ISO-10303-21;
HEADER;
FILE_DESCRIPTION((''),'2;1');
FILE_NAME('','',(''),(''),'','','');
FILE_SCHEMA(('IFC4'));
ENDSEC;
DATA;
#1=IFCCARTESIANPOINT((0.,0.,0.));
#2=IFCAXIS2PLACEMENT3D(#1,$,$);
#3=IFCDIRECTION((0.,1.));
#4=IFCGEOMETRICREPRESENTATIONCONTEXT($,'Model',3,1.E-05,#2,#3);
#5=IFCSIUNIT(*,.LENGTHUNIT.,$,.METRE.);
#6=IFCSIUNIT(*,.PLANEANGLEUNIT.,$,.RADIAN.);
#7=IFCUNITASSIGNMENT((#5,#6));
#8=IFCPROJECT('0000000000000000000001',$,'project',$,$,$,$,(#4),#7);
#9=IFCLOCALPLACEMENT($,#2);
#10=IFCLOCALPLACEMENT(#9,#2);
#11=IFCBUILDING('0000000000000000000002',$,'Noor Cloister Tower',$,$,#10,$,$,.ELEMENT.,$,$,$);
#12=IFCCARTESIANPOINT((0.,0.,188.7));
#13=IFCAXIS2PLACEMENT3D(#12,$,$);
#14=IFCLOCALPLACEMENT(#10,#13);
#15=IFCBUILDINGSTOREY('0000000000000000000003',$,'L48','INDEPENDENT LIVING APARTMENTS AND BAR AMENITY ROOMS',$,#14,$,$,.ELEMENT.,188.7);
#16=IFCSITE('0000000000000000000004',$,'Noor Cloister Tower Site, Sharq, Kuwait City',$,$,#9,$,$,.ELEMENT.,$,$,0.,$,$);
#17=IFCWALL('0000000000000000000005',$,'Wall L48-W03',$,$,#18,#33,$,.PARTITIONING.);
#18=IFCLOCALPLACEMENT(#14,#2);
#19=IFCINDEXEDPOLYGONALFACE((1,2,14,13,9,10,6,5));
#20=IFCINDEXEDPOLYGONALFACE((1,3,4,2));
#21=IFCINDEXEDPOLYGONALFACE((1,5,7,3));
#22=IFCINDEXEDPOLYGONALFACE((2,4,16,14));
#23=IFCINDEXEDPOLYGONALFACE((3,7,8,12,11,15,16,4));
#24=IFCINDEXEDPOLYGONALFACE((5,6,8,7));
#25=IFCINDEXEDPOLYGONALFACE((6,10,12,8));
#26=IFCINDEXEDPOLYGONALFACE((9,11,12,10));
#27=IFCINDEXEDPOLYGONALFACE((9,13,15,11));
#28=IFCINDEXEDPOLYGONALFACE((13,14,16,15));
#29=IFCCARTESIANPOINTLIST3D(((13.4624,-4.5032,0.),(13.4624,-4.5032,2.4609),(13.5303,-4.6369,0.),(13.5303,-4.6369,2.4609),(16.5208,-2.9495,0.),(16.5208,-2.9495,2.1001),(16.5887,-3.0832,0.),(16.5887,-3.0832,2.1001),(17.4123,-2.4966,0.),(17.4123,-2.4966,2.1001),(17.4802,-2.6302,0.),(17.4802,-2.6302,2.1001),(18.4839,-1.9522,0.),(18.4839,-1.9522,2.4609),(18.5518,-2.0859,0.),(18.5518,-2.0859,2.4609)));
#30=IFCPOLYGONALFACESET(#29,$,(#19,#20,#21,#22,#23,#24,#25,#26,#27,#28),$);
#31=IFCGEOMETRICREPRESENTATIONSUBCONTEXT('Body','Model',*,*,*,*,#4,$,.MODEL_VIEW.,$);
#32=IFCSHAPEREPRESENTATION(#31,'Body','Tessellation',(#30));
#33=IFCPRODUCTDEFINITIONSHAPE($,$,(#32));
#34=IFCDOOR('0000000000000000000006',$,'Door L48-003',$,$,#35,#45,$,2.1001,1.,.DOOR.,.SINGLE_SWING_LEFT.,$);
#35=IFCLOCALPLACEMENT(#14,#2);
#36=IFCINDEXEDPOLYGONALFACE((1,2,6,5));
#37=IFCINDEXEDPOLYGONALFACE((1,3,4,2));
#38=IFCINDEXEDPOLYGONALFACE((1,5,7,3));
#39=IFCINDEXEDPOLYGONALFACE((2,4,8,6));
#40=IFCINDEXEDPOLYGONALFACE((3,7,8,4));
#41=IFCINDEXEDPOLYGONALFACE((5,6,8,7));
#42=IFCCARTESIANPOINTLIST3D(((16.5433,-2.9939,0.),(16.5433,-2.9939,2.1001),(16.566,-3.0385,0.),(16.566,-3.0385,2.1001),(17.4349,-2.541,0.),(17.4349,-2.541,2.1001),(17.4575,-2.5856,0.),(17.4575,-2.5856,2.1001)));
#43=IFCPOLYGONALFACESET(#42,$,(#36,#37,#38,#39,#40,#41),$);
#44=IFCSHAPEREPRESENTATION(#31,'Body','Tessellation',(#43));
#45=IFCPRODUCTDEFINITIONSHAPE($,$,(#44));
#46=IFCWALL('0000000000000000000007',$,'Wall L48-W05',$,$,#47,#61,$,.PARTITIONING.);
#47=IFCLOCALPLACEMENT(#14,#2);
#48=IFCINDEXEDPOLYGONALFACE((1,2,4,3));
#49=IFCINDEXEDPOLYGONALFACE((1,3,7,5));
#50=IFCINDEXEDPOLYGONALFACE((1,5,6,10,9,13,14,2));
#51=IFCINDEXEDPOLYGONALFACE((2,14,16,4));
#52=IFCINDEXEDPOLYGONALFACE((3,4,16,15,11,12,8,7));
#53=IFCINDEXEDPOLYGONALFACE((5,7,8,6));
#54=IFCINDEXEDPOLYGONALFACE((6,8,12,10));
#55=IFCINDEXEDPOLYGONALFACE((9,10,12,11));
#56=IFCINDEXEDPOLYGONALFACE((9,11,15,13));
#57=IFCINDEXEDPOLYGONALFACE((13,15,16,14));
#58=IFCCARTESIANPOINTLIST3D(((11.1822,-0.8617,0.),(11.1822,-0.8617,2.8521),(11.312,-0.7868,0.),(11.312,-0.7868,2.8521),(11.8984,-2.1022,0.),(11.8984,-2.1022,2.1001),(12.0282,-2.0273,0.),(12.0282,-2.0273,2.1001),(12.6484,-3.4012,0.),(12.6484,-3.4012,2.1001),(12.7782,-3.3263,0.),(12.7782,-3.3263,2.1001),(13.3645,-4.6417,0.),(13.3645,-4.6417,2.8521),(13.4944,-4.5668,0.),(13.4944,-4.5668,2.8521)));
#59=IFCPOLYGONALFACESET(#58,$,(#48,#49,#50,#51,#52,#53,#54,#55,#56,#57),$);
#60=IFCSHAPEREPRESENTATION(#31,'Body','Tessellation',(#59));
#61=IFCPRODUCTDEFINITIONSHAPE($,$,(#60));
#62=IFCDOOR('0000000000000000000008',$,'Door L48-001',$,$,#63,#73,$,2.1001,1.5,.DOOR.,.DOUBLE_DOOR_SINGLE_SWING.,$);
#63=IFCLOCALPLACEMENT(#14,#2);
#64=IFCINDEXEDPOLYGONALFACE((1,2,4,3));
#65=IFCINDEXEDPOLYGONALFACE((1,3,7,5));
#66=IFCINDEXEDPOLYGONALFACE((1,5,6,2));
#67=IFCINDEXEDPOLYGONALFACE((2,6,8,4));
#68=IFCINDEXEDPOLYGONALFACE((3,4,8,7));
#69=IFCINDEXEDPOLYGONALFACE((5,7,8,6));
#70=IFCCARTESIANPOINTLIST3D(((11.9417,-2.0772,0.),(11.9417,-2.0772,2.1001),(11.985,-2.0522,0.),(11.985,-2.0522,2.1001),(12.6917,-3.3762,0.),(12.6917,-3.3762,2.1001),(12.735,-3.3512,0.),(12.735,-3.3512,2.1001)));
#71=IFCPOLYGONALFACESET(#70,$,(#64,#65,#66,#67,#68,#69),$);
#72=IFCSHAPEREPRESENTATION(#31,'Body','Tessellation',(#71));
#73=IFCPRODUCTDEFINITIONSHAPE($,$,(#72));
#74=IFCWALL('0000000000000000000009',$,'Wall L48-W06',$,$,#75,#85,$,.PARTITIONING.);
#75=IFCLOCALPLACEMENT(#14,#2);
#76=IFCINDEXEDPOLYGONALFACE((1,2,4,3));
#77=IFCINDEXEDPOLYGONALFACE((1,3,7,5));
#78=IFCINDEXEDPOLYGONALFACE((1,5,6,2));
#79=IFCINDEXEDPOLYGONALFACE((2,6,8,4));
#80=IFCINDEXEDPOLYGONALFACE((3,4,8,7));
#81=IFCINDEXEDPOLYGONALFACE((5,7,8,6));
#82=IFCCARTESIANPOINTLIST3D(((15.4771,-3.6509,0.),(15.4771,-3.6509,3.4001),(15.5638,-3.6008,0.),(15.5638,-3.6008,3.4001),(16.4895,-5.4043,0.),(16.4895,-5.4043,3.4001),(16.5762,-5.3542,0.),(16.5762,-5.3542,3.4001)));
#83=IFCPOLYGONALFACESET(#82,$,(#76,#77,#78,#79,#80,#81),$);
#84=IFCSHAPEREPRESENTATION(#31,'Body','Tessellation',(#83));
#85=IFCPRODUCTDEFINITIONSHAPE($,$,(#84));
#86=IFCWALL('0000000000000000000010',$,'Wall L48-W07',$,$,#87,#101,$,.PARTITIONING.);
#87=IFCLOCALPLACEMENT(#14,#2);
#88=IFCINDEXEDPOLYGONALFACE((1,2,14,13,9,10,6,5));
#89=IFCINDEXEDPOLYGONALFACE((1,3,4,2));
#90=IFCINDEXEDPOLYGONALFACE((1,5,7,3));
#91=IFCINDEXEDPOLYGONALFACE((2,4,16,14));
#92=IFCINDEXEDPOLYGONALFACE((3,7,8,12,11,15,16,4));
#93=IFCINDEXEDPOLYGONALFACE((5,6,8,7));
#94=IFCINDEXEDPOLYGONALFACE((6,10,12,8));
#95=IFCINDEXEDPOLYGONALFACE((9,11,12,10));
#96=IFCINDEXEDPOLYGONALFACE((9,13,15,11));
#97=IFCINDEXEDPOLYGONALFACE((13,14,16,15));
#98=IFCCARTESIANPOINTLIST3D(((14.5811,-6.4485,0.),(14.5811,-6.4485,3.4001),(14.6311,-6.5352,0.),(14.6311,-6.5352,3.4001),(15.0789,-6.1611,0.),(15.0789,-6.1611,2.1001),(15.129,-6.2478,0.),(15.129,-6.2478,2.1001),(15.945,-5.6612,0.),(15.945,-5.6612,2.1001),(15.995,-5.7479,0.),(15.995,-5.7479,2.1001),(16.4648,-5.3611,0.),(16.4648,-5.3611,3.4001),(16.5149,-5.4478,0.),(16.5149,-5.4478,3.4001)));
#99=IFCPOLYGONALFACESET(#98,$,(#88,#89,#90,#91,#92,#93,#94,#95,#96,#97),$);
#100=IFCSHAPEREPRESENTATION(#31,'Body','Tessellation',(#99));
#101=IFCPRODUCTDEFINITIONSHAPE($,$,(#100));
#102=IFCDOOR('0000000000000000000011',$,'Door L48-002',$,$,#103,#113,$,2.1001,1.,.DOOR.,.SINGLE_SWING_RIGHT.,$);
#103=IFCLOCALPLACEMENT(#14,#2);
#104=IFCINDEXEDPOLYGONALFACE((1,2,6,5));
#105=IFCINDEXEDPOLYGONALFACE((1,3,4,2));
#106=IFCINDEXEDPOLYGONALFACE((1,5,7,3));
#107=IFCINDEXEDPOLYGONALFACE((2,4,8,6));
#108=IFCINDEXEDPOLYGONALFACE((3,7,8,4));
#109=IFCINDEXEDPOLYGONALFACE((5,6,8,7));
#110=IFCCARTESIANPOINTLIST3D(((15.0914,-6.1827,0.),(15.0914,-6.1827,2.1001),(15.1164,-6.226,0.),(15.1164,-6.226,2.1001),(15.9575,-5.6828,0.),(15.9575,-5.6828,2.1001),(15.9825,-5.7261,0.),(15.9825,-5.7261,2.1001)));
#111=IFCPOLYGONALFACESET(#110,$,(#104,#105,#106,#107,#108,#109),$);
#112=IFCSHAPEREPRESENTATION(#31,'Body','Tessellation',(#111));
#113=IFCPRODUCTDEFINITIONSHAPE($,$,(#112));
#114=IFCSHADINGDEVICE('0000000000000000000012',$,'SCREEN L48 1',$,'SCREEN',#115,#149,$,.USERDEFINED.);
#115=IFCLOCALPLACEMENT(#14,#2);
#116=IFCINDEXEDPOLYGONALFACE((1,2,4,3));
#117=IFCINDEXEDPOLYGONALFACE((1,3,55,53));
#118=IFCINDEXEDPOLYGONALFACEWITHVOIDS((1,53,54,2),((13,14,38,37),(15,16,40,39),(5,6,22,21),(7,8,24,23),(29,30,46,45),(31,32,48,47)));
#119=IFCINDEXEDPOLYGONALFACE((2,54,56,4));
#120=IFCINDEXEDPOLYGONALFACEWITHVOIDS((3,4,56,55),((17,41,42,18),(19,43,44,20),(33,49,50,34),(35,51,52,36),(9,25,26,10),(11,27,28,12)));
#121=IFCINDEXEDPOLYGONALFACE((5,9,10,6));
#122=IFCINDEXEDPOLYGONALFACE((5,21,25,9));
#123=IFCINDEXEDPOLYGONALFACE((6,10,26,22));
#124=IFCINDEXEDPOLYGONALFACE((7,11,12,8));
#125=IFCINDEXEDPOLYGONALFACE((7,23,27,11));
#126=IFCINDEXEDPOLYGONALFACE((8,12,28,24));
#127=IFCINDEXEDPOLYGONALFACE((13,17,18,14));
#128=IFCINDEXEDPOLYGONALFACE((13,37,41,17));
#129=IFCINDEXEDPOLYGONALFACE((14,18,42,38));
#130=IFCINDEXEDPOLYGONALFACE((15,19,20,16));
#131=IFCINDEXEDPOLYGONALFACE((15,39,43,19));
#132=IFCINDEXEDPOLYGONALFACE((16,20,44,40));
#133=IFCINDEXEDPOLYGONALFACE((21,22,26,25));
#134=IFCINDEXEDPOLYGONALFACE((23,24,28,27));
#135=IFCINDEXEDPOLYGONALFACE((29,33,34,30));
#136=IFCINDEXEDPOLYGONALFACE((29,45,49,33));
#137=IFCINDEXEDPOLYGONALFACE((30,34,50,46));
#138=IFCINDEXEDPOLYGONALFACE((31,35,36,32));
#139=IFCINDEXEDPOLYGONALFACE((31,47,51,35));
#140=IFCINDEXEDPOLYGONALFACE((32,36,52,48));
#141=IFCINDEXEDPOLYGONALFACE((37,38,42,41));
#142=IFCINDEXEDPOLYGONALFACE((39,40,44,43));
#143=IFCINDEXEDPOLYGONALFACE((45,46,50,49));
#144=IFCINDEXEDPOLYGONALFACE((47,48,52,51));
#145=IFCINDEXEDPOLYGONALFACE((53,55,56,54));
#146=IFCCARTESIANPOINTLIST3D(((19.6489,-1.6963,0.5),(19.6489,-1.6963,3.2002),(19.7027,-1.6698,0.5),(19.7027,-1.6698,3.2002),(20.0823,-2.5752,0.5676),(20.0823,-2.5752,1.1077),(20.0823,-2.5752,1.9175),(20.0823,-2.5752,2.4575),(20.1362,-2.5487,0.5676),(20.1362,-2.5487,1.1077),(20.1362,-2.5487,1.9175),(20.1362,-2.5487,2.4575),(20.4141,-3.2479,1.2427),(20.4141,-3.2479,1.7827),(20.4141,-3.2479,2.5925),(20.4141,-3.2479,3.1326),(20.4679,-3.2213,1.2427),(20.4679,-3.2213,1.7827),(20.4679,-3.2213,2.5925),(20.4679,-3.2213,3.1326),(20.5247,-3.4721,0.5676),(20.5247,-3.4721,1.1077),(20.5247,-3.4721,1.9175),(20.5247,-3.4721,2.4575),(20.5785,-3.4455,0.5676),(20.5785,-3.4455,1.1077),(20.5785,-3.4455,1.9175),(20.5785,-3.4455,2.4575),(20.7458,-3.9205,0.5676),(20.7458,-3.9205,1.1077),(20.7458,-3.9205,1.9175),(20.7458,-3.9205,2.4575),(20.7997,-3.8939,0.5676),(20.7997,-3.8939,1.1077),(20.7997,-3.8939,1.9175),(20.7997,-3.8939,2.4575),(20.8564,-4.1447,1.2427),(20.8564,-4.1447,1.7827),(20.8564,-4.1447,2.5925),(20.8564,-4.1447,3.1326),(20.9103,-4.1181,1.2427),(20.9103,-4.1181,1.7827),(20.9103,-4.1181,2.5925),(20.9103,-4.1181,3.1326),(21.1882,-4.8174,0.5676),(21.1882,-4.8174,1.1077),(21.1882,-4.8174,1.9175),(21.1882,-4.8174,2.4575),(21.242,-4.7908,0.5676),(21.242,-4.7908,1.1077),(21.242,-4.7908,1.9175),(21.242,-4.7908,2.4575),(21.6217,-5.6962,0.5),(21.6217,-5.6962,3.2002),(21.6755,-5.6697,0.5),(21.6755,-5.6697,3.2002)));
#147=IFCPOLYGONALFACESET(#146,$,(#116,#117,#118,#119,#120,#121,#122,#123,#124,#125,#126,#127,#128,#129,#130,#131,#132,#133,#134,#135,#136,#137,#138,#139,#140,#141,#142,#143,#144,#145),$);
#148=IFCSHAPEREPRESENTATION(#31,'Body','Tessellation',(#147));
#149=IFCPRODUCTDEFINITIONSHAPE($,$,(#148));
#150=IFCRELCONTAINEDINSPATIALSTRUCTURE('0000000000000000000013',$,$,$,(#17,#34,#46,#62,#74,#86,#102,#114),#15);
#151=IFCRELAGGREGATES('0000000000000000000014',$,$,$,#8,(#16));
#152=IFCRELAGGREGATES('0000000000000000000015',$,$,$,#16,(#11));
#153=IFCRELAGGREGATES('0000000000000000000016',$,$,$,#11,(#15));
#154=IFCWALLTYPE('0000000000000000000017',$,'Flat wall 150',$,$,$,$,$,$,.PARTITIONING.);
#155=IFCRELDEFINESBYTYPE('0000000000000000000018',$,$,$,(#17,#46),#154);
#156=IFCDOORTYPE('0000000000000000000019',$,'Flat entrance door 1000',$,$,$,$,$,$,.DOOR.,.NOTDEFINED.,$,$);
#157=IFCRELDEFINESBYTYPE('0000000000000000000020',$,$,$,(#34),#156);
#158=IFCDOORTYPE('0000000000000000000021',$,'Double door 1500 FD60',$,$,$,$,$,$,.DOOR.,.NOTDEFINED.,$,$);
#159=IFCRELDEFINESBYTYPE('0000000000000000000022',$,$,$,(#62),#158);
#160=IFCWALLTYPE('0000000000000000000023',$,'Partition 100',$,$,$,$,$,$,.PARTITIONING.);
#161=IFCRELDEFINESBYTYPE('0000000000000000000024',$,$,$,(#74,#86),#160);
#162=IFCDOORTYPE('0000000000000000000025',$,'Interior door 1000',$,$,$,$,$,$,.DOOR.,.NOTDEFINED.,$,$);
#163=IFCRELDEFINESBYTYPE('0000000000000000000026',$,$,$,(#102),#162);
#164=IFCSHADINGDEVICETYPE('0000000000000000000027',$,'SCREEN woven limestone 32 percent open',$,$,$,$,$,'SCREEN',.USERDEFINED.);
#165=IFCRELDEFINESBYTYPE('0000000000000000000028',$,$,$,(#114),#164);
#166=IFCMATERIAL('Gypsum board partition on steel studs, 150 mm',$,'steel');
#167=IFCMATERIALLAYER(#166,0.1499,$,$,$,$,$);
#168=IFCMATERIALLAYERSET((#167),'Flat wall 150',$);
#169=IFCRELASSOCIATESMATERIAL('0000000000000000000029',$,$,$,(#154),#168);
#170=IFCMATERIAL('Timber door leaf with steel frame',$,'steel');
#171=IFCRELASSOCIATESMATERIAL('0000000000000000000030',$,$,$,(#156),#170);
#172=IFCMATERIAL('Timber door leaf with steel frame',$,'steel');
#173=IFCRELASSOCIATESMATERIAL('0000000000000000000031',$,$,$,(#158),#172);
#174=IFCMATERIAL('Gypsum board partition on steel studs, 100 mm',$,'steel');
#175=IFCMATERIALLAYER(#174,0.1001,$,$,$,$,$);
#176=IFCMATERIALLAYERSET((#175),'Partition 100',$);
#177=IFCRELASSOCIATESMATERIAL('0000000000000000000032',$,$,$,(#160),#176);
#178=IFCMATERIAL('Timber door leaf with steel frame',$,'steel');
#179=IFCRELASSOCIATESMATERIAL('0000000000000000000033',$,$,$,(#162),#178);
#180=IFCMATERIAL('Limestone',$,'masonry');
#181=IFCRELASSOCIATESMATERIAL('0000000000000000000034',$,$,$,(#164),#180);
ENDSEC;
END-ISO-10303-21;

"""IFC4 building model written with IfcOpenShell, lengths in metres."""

from ifc_helpers import new_model, si_unit, direction, frame, frame_2d, origin, place, context, subcontext, project, spatial, polyline, rectangle, outline, extrude, material, layer, layer_set, material_profile, profile_set, type_object, element, fill, save


model = new_model("IFC4")

# Units and contexts
model_context = context("Model", 3, precision=1e-05, world=origin(), true_north=direction((0.0, 1.0)))
body_context = subcontext(model_context, "Body", "Model", "MODEL_VIEW")
ifc_project = project(units=[si_unit("LENGTHUNIT", "METRE"), si_unit("PLANEANGLEUNIT", "RADIAN")], contexts=[model_context])

# Site, building, storey
site_placement = place(None, origin())
site = spatial("IfcSite", under=ifc_project, at=site_placement, Name="Noor Cloister Tower Site, Sharq, Kuwait City", CompositionType="ELEMENT", RefElevation=0.0)
building_placement = place(site_placement, origin())
building = spatial("IfcBuilding", under=site, at=building_placement, Name="Noor Cloister Tower", CompositionType="ELEMENT")
storey_placement = place(building_placement, frame((0.0, 0.0, 188.7)))
storey = spatial("IfcBuildingStorey", under=building, at=storey_placement, Name="L48", Description="INDEPENDENT LIVING APARTMENTS AND BAR AMENITY ROOMS", CompositionType="ELEMENT", Elevation=188.7)

# Walls, openings, doors
ifc_material_1 = material(Name="Gypsum board partition on steel studs, 150 mm", Category="steel")
ifc_layer_1 = layer(ifc_material_1, 0.1499)
ifc_layer_set_1 = layer_set([ifc_layer_1], Name="Flat wall 150")
wall_type_1 = type_object("IfcWallType", Name="Flat wall 150", PredefinedType="PARTITIONING", material=ifc_layer_set_1)
ifc_material_2 = material(Name="Timber door leaf with steel frame", Category="steel")
door_type_1 = type_object("IfcDoorType", Name="Flat entrance door 1000", OperationType="NOTDEFINED", PredefinedType="DOOR", material=ifc_material_2)
wall_1_placement = place(storey_placement, frame((18.5178, -2.019, 0.0), z_axis=(0.0, 0.0, 1.0), x_axis=(-0.891548, -0.452926, 0.0)))
wall_1 = element("IfcWall", 1, at=wall_1_placement, inside=storey, type_object=wall_type_1, Name="Wall L48-W03", PredefinedType="PARTITIONING", context=body_context, shape_type="SweptSolid", body=[
    extrude(rectangle(XDim=5.6323, YDim=0.1499, at=frame_2d((2.8162, 0.0))), origin(), (0.0, 0.0, 1.0), 2.4609),
])
opening_1_placement = place(wall_1_placement, frame((1.2019, 0.0, 0.0)))
opening_1 = element("IfcOpeningElement", 2, at=opening_1_placement, cuts=wall_1, PredefinedType="OPENING", context=body_context, shape_type="SweptSolid", body=[
    extrude(rectangle(XDim=1.0, YDim=2.1001, at=frame_2d((0.5, 1.05))), frame((0.0, 0.085, 0.0), z_axis=(0.0, -1.0, 0.0), x_axis=(1.0, 0.0, 0.0)), (0.0, 0.0, 1.0), 0.1699),
])
door_1_placement = place(opening_1_placement, origin())
door_1 = element("IfcDoor", 3, at=door_1_placement, inside=storey, type_object=door_type_1, Name="Door L48-003", OperationType="SINGLE_SWING_LEFT", OverallHeight=2.1001, OverallWidth=1.0, PredefinedType="DOOR", context=body_context, shape_type="SweptSolid", body=[
    extrude(rectangle(XDim=1.0, YDim=2.1001, at=frame_2d((0.5, 1.05))), frame((0.0, 0.0249, 0.0), z_axis=(0.0, -1.0, 0.0), x_axis=(1.0, 0.0, 0.0)), (0.0, 0.0, 1.0), 0.05),
])
fill(opening_1, door_1)
wall_2_placement = place(storey_placement, frame((13.4294, -4.6042, 0.0), z_axis=(0.0, 0.0, 1.0), x_axis=(-0.499995, 0.866028, 0.0)))
wall_2 = element("IfcWall", 4, at=wall_2_placement, inside=storey, type_object=wall_type_1, Name="Wall L48-W05", PredefinedType="PARTITIONING", context=body_context, shape_type="SweptSolid", body=[
    extrude(rectangle(XDim=4.3647, YDim=0.1499, at=frame_2d((2.1824, 0.0))), origin(), (0.0, 0.0, 1.0), 2.8521),
])
opening_2_placement = place(wall_2_placement, frame((1.4324, 0.0, 0.0)))
opening_2 = element("IfcOpeningElement", 5, at=opening_2_placement, cuts=wall_2, PredefinedType="OPENING", context=body_context, shape_type="SweptSolid", body=[
    extrude(rectangle(XDim=1.5, YDim=2.1001, at=frame_2d((0.75, 1.05))), frame((0.0, 0.085, 0.0), z_axis=(0.0, -1.0, 0.0), x_axis=(1.0, 0.0, 0.0)), (0.0, 0.0, 1.0), 0.1699),
])
ifc_material_3 = material(Name="Timber door leaf with steel frame", Category="steel")
door_type_2 = type_object("IfcDoorType", Name="Double door 1500 FD60", OperationType="NOTDEFINED", PredefinedType="DOOR", material=ifc_material_3)
door_2_placement = place(opening_2_placement, origin())
door_2 = element("IfcDoor", 6, at=door_2_placement, inside=storey, type_object=door_type_2, Name="Door L48-001", OperationType="DOUBLE_DOOR_SINGLE_SWING", OverallHeight=2.1001, OverallWidth=1.5, PredefinedType="DOOR", context=body_context, shape_type="SweptSolid", body=[
    extrude(rectangle(XDim=1.5, YDim=2.1001, at=frame_2d((0.75, 1.05))), frame((0.0, 0.0249, 0.0), z_axis=(0.0, -1.0, 0.0), x_axis=(1.0, 0.0, 0.0)), (0.0, 0.0, 1.0), 0.05),
])
fill(opening_2, door_2)

# Wall
ifc_material_4 = material(Name="Gypsum board partition on steel studs, 100 mm", Category="steel")
ifc_layer_2 = layer(ifc_material_4, 0.1001)
ifc_layer_set_2 = layer_set([ifc_layer_2], Name="Partition 100")
wall_type_2 = type_object("IfcWallType", Name="Partition 100", PredefinedType="PARTITIONING", material=ifc_layer_set_2)
wall_3_placement = place(storey_placement, frame((15.5205, -3.626, 0.0), z_axis=(0.0, 0.0, 1.0), x_axis=(0.500043, -0.866001, 0.0)))
element("IfcWall", 7, at=wall_3_placement, inside=storey, type_object=wall_type_2, Name="Wall L48-W06", PredefinedType="PARTITIONING", context=body_context, shape_type="SweptSolid", body=[
    extrude(rectangle(XDim=2.0247, YDim=0.1001, at=frame_2d((1.0122, 0.0))), origin(), (0.0, 0.0, 1.0), 3.4001),
])

# Wall, opening, door
wall_4_placement = place(storey_placement, frame((16.4897, -5.4045, 0.0), z_axis=(0.0, 0.0, 1.0), x_axis=(-0.866066, -0.49993, 0.0)))
wall_4 = element("IfcWall", 8, at=wall_4_placement, inside=storey, type_object=wall_type_2, Name="Wall L48-W07", PredefinedType="PARTITIONING", context=body_context, shape_type="SweptSolid", body=[
    extrude(rectangle(XDim=2.175, YDim=0.1001, at=frame_2d((1.0874, 0.0))), origin(), (0.0, 0.0, 1.0), 3.4001),
])
opening_3_placement = place(wall_4_placement, frame((0.6001, 0.0, 0.0)))
opening_3 = element("IfcOpeningElement", 9, at=opening_3_placement, cuts=wall_4, PredefinedType="OPENING", context=body_context, shape_type="SweptSolid", body=[
    extrude(rectangle(XDim=1.0, YDim=2.1001, at=frame_2d((0.5, 1.05))), frame((0.0, 0.0601, 0.0), z_axis=(0.0, -1.0, 0.0), x_axis=(1.0, 0.0, 0.0)), (0.0, 0.0, 1.0), 0.1201),
])
ifc_material_5 = material(Name="Timber door leaf with steel frame", Category="steel")
door_type_3 = type_object("IfcDoorType", Name="Interior door 1000", OperationType="NOTDEFINED", PredefinedType="DOOR", material=ifc_material_5)
door_3_placement = place(opening_3_placement, origin())
door_3 = element("IfcDoor", 10, at=door_3_placement, inside=storey, type_object=door_type_3, Name="Door L48-002", OperationType="SINGLE_SWING_RIGHT", OverallHeight=2.1001, OverallWidth=1.0, PredefinedType="DOOR", context=body_context, shape_type="SweptSolid", body=[
    extrude(rectangle(XDim=1.0, YDim=2.1001, at=frame_2d((0.5, 1.05))), frame((0.0, 0.0249, 0.0), z_axis=(0.0, -1.0, 0.0), x_axis=(1.0, 0.0, 0.0)), (0.0, 0.0, 1.0), 0.05),
])
fill(opening_3, door_3)

# Shading device
ifc_material_6 = material(Name="Limestone", Category="masonry")
ifc_material_profile_1 = material_profile(ifc_material_6, outline(polyline([(-2.23, -1.3501), (2.23, -1.3501), (2.23, 1.3501), (-2.23, 1.3501), (-2.23, -1.3501)]), holes=[polyline([(-1.25, -1.2825), (-0.25, -1.2825), (-0.25, -0.7424), (-1.25, -0.7424), (-1.25, -1.2825)]), polyline([(0.25, -1.2825), (1.25, -1.2825), (1.25, -0.7424), (0.25, -0.7424), (0.25, -1.2825)]), polyline([(-0.5, -0.6074), (0.5, -0.6074), (0.5, -0.0674), (-0.5, -0.0674), (-0.5, -0.6074)]), polyline([(-1.25, 0.0674), (-0.25, 0.0674), (-0.25, 0.6074), (-1.25, 0.6074), (-1.25, 0.0674)]), polyline([(0.25, 0.0674), (1.25, 0.0674), (1.25, 0.6074), (0.25, 0.6074), (0.25, 0.0674)]), polyline([(-0.5, 0.7424), (0.5, 0.7424), (0.5, 1.2825), (-0.5, 1.2825), (-0.5, 0.7424)])]), Name="Woven screen 32 percent open")
ifc_profile_set_1 = profile_set([ifc_material_profile_1], Name="Limestone")
shading_device_type = type_object("IfcShadingDeviceType", Name="SCREEN woven limestone 32 percent open", ElementType="SCREEN", PredefinedType="USERDEFINED", material=ifc_profile_set_1)
shading_device_placement = place(storey_placement, frame((20.6353, -3.6963, 1.8501), z_axis=(0.896849, 0.442337, 0.0), x_axis=(-0.442337, 0.896849, 0.0)))
element("IfcShadingDevice", 11, at=shading_device_placement, inside=storey, type_object=shading_device_type, Name="SCREEN L48 1", ObjectType="SCREEN", PredefinedType="USERDEFINED", context=body_context, shape_type="SweptSolid", body=[
    extrude(outline(polyline([(-2.23, -1.3501), (2.23, -1.3501), (2.23, 1.3501), (-2.23, 1.3501), (-2.23, -1.3501)]), holes=[polyline([(-1.25, -1.2825), (-0.25, -1.2825), (-0.25, -0.7424), (-1.25, -0.7424), (-1.25, -1.2825)]), polyline([(0.25, -1.2825), (1.25, -1.2825), (1.25, -0.7424), (0.25, -0.7424), (0.25, -1.2825)]), polyline([(-0.5, -0.6074), (0.5, -0.6074), (0.5, -0.0674), (-0.5, -0.0674), (-0.5, -0.6074)]), polyline([(-1.25, 0.0674), (-0.25, 0.0674), (-0.25, 0.6074), (-1.25, 0.6074), (-1.25, 0.0674)]), polyline([(0.25, 0.0674), (1.25, 0.0674), (1.25, 0.6074), (0.25, 0.6074), (0.25, 0.0674)]), polyline([(-0.5, 0.7424), (0.5, 0.7424), (0.5, 1.2825), (-0.5, 1.2825), (-0.5, 0.7424)])]), origin(), (0.0, 0.0, 1.0), 0.0601),
])

save(model, "model.ifc")
